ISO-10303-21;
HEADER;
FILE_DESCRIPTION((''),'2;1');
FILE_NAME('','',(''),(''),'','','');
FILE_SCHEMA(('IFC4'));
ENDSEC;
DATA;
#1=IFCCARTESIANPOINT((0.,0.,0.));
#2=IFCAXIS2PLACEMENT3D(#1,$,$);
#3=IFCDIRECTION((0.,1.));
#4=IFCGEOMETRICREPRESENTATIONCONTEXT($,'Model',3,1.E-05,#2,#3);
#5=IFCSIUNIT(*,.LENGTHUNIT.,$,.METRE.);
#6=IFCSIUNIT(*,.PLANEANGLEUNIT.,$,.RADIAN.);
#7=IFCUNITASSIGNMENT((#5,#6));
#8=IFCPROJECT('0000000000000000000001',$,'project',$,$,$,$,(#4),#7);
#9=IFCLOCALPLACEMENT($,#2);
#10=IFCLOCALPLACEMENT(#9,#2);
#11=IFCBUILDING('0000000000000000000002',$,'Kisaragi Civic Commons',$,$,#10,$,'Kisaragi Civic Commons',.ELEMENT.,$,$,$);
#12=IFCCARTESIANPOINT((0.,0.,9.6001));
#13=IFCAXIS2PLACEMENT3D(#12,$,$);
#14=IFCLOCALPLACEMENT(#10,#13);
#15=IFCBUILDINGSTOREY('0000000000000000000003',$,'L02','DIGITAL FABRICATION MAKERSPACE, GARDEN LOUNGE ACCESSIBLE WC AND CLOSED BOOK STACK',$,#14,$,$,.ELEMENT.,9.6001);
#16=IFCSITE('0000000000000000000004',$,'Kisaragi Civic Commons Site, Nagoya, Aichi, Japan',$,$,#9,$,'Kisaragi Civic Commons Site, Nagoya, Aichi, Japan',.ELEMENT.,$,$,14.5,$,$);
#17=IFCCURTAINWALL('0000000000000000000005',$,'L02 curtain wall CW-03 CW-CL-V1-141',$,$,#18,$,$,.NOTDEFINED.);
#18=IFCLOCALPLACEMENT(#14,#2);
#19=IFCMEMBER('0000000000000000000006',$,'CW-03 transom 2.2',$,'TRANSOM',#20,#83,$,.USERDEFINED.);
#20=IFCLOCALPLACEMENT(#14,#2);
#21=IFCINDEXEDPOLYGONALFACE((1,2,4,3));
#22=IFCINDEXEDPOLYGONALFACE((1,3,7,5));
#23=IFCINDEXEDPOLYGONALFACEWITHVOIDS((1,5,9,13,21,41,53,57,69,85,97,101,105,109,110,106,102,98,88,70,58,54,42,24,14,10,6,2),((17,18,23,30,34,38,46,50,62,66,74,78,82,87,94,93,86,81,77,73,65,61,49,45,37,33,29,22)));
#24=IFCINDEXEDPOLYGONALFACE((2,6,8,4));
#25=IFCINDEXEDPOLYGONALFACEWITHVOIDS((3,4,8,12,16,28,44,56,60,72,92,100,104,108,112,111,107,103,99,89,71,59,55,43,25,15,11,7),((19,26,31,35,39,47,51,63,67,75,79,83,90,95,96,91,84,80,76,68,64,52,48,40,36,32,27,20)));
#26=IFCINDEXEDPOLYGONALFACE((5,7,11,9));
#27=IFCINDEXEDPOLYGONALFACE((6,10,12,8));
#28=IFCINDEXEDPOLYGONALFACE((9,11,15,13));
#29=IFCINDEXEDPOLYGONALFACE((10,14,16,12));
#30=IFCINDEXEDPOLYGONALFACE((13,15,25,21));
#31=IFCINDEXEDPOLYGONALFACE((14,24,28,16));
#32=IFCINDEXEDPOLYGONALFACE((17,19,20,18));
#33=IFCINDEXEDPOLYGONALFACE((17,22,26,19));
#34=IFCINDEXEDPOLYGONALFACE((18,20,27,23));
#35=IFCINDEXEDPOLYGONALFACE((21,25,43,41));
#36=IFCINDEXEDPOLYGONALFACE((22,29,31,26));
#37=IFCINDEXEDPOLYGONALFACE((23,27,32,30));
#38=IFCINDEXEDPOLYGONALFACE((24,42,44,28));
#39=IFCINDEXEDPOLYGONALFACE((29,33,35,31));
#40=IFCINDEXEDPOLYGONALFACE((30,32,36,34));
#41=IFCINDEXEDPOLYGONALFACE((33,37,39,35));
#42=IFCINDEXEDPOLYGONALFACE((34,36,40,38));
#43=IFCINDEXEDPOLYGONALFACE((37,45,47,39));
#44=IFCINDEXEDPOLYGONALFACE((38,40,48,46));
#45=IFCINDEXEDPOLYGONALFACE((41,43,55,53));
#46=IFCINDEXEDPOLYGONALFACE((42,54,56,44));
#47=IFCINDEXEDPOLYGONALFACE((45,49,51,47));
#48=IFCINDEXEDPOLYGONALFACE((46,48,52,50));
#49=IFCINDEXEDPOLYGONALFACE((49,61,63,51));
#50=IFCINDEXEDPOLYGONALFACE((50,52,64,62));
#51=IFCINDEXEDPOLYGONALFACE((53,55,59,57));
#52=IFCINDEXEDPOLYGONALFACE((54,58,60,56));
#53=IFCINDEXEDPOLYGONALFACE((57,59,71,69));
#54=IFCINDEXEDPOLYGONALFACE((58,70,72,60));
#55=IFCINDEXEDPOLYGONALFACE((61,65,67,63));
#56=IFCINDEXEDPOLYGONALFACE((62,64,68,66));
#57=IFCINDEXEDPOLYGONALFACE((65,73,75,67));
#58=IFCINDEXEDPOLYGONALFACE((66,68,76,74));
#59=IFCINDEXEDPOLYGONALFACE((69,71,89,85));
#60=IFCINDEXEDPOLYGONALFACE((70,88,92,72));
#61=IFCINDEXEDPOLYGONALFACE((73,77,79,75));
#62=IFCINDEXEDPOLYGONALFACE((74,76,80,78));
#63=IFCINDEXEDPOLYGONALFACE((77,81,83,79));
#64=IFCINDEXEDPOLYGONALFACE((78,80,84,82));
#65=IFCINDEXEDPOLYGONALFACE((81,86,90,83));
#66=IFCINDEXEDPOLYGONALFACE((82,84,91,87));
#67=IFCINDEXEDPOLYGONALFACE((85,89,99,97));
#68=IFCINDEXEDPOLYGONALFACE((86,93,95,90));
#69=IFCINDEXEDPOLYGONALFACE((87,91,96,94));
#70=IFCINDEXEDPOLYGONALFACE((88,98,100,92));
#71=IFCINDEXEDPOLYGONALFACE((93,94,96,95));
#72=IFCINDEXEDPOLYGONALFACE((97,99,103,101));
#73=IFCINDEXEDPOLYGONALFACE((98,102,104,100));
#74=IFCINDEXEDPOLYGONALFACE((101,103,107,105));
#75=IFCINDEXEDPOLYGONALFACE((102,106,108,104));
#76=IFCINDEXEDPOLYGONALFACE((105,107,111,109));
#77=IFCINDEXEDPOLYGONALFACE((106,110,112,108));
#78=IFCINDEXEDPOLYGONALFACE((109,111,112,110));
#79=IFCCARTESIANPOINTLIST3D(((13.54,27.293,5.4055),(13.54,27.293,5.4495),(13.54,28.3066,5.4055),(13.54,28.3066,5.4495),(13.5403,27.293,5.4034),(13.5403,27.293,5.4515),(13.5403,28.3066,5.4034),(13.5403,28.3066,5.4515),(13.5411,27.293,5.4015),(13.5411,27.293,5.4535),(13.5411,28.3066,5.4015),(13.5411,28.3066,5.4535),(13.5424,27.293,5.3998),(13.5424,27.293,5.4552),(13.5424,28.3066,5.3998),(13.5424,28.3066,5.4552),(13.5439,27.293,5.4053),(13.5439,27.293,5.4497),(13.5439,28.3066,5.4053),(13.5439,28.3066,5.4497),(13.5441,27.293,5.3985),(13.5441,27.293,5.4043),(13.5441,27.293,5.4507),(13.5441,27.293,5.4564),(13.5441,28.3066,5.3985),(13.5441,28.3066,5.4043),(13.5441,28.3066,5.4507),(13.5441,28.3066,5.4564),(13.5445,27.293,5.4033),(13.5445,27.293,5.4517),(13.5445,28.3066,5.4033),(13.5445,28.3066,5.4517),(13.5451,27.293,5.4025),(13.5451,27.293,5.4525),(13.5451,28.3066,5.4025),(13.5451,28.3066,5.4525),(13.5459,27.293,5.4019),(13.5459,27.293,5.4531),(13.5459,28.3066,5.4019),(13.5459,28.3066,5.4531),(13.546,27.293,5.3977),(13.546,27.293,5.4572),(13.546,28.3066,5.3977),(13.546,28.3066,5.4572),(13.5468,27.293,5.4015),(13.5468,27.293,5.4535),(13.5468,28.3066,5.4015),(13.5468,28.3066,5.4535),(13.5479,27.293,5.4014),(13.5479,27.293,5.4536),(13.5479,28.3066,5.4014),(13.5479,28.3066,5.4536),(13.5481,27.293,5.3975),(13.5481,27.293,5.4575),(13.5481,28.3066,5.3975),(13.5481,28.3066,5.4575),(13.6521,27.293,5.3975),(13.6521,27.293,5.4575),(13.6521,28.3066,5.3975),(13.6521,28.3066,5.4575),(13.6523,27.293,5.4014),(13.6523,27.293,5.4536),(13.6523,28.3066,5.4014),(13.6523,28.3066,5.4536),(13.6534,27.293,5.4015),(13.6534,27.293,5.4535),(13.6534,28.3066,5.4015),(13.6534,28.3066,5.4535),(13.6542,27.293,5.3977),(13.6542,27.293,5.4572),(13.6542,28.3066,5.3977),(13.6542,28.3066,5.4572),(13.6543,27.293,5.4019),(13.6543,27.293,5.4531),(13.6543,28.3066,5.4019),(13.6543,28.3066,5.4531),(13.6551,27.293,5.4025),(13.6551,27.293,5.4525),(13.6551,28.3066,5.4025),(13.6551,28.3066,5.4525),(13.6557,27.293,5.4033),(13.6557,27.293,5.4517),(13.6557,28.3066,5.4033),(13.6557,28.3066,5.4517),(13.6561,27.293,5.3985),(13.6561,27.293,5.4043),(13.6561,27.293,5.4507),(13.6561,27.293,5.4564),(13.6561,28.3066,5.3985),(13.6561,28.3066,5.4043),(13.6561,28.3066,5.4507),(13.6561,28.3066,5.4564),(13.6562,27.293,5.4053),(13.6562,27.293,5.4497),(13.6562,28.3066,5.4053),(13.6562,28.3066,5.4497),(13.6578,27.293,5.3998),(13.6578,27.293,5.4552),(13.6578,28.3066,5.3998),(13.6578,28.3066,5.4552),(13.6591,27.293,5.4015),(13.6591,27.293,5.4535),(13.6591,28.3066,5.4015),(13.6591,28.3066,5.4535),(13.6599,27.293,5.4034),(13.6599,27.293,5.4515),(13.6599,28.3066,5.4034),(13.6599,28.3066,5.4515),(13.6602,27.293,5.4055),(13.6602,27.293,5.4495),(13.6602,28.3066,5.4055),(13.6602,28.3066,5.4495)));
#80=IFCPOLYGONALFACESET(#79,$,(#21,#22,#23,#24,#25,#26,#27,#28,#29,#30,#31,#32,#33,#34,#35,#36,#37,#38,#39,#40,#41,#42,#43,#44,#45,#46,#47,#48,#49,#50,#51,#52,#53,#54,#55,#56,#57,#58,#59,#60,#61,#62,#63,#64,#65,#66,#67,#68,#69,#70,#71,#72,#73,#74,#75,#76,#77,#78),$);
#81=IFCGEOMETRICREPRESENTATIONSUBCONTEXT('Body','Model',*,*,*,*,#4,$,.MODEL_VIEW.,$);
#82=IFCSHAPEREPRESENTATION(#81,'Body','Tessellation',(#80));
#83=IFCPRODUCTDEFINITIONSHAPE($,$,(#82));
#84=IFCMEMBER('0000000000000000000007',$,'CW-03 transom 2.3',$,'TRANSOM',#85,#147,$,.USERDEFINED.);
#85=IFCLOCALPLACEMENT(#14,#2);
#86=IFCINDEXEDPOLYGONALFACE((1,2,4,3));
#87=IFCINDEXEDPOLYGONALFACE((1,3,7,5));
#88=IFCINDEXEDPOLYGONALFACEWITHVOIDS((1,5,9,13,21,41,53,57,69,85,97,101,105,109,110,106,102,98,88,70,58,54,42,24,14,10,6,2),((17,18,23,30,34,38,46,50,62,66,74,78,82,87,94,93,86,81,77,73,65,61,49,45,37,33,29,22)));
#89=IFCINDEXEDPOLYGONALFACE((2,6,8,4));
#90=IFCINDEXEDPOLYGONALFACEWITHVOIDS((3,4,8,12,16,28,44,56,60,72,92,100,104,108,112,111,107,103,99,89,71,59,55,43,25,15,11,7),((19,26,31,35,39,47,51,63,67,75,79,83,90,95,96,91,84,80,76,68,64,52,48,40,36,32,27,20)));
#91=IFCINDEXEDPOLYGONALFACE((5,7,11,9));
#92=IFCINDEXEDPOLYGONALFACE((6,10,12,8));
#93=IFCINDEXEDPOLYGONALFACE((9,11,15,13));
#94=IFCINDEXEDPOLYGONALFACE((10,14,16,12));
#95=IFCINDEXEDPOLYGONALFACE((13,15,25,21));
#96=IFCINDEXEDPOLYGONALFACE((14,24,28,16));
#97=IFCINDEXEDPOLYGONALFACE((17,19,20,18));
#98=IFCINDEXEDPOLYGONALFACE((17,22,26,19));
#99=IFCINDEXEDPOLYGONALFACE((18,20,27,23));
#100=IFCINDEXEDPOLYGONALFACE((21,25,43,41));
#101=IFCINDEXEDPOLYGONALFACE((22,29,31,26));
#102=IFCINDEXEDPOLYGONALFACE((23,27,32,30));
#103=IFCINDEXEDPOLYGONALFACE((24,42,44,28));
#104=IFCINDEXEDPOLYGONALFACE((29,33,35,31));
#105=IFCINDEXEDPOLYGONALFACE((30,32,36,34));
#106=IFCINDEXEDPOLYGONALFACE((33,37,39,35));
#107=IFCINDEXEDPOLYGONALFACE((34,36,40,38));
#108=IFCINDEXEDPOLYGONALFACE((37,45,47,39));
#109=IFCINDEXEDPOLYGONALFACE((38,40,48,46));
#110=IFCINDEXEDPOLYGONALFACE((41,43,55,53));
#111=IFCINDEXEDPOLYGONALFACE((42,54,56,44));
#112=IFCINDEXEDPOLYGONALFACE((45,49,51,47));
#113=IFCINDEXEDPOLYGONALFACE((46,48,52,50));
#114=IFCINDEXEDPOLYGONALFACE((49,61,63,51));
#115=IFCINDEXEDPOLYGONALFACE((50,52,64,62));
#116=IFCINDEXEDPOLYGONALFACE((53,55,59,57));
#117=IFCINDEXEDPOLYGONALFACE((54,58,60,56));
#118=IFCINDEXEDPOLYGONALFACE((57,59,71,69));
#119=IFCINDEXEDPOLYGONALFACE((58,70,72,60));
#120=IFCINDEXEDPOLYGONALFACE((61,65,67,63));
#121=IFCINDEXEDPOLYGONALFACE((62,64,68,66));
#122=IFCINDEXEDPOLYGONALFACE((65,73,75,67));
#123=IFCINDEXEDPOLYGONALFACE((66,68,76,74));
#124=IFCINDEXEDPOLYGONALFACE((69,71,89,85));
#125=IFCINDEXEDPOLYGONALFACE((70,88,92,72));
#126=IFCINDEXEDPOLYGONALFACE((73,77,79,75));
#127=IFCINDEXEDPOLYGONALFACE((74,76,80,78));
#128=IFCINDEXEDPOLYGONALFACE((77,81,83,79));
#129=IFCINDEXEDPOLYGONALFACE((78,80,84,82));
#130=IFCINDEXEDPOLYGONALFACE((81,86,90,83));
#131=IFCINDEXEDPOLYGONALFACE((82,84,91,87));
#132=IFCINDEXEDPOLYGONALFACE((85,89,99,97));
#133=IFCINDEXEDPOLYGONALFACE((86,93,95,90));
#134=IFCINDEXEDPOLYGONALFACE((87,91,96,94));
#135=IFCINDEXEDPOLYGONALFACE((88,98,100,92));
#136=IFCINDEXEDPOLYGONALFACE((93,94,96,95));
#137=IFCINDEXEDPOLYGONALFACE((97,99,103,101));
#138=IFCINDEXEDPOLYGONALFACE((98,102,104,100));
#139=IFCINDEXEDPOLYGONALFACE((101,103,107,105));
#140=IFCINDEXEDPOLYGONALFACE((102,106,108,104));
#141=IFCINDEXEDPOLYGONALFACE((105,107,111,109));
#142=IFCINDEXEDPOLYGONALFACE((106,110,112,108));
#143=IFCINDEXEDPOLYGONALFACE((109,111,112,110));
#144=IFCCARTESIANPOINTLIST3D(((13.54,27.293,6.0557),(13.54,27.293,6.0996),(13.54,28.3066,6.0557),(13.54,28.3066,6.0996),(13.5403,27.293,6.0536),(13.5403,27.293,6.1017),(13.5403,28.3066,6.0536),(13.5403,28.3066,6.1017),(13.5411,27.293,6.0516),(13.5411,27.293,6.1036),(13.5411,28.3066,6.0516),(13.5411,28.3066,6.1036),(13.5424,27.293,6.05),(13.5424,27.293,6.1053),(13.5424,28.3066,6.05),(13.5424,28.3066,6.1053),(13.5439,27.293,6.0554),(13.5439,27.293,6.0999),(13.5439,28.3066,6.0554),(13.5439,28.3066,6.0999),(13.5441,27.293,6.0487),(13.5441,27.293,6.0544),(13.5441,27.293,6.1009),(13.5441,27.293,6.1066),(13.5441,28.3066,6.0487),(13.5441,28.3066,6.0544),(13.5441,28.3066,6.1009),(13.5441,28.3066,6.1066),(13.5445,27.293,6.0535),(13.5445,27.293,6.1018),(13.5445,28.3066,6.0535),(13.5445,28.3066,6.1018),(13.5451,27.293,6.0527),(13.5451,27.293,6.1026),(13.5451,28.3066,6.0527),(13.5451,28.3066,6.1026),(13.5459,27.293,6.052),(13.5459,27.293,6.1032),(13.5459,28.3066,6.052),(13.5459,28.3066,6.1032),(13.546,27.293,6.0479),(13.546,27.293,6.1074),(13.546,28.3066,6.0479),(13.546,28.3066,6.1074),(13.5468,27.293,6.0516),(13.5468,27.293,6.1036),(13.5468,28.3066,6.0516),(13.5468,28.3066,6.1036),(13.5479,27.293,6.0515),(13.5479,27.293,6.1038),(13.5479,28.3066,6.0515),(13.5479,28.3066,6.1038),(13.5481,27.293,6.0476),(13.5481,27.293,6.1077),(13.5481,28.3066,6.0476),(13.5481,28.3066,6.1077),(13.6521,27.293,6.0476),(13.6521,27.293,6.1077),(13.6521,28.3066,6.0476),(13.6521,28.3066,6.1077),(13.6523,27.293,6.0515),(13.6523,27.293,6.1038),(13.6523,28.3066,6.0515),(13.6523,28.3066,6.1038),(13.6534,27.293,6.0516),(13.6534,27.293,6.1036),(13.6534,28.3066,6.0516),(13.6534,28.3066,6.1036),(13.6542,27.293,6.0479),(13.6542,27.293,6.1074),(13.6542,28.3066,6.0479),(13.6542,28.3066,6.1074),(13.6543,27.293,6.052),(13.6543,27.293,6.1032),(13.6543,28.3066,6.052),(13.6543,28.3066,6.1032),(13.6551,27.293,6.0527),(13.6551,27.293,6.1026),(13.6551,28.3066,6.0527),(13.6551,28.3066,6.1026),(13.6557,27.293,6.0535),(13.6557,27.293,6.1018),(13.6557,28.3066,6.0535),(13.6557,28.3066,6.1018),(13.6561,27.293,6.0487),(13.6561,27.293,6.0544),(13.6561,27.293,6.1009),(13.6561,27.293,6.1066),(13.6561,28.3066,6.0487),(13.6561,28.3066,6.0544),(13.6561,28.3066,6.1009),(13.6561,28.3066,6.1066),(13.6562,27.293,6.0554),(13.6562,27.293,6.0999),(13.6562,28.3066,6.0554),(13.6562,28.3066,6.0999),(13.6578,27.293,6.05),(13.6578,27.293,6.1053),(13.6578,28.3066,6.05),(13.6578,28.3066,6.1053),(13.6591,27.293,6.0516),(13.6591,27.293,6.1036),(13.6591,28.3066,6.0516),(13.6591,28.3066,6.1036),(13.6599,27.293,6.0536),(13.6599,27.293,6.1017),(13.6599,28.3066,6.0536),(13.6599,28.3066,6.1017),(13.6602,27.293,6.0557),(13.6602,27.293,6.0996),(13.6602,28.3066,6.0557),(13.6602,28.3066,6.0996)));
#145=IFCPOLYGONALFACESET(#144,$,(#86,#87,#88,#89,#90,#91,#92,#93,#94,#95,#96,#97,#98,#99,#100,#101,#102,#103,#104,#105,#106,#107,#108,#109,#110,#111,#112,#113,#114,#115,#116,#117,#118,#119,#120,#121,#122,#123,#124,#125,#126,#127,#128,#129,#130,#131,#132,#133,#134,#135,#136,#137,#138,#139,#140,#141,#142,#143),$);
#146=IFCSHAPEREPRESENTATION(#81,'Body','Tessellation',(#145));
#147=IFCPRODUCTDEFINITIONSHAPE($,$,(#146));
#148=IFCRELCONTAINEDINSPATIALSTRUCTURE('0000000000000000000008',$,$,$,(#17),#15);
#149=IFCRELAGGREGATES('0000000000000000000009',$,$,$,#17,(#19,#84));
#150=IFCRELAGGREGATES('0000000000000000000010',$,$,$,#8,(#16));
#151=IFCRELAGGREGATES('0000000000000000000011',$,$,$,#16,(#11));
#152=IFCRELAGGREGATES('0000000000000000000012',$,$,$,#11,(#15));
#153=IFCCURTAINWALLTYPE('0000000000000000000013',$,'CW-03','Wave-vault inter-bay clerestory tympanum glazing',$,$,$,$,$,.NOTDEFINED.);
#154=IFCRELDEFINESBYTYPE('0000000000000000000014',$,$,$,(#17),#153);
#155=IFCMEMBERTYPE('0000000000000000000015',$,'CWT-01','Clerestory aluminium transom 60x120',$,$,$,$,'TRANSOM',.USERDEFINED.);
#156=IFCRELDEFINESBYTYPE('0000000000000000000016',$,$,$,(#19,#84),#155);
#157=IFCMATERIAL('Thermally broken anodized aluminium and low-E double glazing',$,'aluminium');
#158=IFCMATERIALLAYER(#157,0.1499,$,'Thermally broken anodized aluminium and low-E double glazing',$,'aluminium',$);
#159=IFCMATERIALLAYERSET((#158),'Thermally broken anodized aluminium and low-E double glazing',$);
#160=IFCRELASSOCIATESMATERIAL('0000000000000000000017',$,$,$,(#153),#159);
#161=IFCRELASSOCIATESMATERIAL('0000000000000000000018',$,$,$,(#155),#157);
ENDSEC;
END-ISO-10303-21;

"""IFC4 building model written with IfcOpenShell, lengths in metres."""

from ifc_helpers import new_model, si_unit, direction, frame, origin, origin_2d, place, context, subcontext, project, spatial, hollow_rectangle, extrude, material, layer, layer_set, material_profile, profile_set, type_object, element, aggregate, save


model = new_model("IFC4")

# Units and contexts
model_context = context("Model", 3, precision=1e-05, world=origin(), true_north=direction((0.0, 1.0)))
body_context = subcontext(model_context, "Body", "Model", "MODEL_VIEW")
ifc_project = project(units=[si_unit("LENGTHUNIT", "METRE"), si_unit("PLANEANGLEUNIT", "RADIAN")], contexts=[model_context])

# Site, building, storey
site_placement = place(None, origin())
site = spatial("IfcSite", under=ifc_project, at=site_placement, Name="Kisaragi Civic Commons Site, Nagoya, Aichi, Japan", LongName="Kisaragi Civic Commons Site, Nagoya, Aichi, Japan", CompositionType="ELEMENT", RefElevation=14.5)
building_placement = place(site_placement, origin())
building = spatial("IfcBuilding", under=site, at=building_placement, Name="Kisaragi Civic Commons", LongName="Kisaragi Civic Commons", CompositionType="ELEMENT")
storey_placement = place(building_placement, frame((0.0, 0.0, 9.6001)))
storey = spatial("IfcBuildingStorey", under=building, at=storey_placement, Name="L02", Description="DIGITAL FABRICATION MAKERSPACE, GARDEN LOUNGE ACCESSIBLE WC AND CLOSED BOOK STACK", CompositionType="ELEMENT", Elevation=9.6001)

# Shared definitions
ifc_material_1 = material(Name="Thermally broken anodized aluminium and low-E double glazing", Category="aluminium")
ifc_layer_1 = layer(ifc_material_1, 0.1499, Name="Thermally broken anodized aluminium and low-E double glazing", Category="aluminium")
ifc_layer_set_1 = layer_set([ifc_layer_1], Name="Thermally broken anodized aluminium and low-E double glazing")
curtain_wall_type = type_object("IfcCurtainWallType", Name="CW-03", Description="Wave-vault inter-bay clerestory tympanum glazing", PredefinedType="NOTDEFINED", material=ifc_layer_set_1)

# Curtain wall
curtain_wall_1_placement = place(storey_placement, origin())
curtain_wall_1 = element("IfcCurtainWall", 1, at=curtain_wall_1_placement, inside=storey, type_object=curtain_wall_type, Name="L02 curtain wall CW-03 CW-CL-V1-141", PredefinedType="NOTDEFINED")

# Members
ifc_material_profile_1 = material_profile(ifc_material_1, hollow_rectangle(XDim=0.1201, YDim=0.0601, WallThickness=0.0039, InnerFilletRadius=0.0039, OuterFilletRadius=0.0081, at=origin_2d()), Name="CWT-60x120x4", Category="aluminium")
ifc_profile_set_1 = profile_set([ifc_material_profile_1], Name="Thermally broken anodized aluminium and low-E double glazing")
member_type_1 = type_object("IfcMemberType", Name="CWT-01", Description="Clerestory aluminium transom 60x120", ElementType="TRANSOM", PredefinedType="USERDEFINED", material=ifc_profile_set_1)
member_1_placement = place(storey_placement, frame((13.6001, 27.293, 5.4275), z_axis=(0.0, 1.0, 0.0), x_axis=(-1.0, 0.0, 0.0)))
member_1 = element("IfcMember", 2, at=member_1_placement, type_object=member_type_1, Name="CW-03 transom 2.2", ObjectType="TRANSOM", PredefinedType="USERDEFINED", context=body_context, shape_type="SweptSolid", body=[
    extrude(hollow_rectangle(XDim=0.1201, YDim=0.0601, WallThickness=0.0039, InnerFilletRadius=0.0039, OuterFilletRadius=0.0081, at=origin_2d()), origin(), (0.0, 0.0, 1.0), 1.0137),
])
member_2_placement = place(storey_placement, frame((13.6001, 27.293, 6.0776), z_axis=(0.0, 1.0, 0.0), x_axis=(-1.0, 0.0, 0.0)))
member_2 = element("IfcMember", 3, at=member_2_placement, type_object=member_type_1, Name="CW-03 transom 2.3", ObjectType="TRANSOM", PredefinedType="USERDEFINED", context=body_context, shape_type="SweptSolid", body=[
    extrude(hollow_rectangle(XDim=0.1201, YDim=0.0601, WallThickness=0.0039, InnerFilletRadius=0.0039, OuterFilletRadius=0.0081, at=origin_2d()), origin(), (0.0, 0.0, 1.0), 1.0137),
])

aggregate(curtain_wall_1, [member_1, member_2])

save(model, "model.ifc")
